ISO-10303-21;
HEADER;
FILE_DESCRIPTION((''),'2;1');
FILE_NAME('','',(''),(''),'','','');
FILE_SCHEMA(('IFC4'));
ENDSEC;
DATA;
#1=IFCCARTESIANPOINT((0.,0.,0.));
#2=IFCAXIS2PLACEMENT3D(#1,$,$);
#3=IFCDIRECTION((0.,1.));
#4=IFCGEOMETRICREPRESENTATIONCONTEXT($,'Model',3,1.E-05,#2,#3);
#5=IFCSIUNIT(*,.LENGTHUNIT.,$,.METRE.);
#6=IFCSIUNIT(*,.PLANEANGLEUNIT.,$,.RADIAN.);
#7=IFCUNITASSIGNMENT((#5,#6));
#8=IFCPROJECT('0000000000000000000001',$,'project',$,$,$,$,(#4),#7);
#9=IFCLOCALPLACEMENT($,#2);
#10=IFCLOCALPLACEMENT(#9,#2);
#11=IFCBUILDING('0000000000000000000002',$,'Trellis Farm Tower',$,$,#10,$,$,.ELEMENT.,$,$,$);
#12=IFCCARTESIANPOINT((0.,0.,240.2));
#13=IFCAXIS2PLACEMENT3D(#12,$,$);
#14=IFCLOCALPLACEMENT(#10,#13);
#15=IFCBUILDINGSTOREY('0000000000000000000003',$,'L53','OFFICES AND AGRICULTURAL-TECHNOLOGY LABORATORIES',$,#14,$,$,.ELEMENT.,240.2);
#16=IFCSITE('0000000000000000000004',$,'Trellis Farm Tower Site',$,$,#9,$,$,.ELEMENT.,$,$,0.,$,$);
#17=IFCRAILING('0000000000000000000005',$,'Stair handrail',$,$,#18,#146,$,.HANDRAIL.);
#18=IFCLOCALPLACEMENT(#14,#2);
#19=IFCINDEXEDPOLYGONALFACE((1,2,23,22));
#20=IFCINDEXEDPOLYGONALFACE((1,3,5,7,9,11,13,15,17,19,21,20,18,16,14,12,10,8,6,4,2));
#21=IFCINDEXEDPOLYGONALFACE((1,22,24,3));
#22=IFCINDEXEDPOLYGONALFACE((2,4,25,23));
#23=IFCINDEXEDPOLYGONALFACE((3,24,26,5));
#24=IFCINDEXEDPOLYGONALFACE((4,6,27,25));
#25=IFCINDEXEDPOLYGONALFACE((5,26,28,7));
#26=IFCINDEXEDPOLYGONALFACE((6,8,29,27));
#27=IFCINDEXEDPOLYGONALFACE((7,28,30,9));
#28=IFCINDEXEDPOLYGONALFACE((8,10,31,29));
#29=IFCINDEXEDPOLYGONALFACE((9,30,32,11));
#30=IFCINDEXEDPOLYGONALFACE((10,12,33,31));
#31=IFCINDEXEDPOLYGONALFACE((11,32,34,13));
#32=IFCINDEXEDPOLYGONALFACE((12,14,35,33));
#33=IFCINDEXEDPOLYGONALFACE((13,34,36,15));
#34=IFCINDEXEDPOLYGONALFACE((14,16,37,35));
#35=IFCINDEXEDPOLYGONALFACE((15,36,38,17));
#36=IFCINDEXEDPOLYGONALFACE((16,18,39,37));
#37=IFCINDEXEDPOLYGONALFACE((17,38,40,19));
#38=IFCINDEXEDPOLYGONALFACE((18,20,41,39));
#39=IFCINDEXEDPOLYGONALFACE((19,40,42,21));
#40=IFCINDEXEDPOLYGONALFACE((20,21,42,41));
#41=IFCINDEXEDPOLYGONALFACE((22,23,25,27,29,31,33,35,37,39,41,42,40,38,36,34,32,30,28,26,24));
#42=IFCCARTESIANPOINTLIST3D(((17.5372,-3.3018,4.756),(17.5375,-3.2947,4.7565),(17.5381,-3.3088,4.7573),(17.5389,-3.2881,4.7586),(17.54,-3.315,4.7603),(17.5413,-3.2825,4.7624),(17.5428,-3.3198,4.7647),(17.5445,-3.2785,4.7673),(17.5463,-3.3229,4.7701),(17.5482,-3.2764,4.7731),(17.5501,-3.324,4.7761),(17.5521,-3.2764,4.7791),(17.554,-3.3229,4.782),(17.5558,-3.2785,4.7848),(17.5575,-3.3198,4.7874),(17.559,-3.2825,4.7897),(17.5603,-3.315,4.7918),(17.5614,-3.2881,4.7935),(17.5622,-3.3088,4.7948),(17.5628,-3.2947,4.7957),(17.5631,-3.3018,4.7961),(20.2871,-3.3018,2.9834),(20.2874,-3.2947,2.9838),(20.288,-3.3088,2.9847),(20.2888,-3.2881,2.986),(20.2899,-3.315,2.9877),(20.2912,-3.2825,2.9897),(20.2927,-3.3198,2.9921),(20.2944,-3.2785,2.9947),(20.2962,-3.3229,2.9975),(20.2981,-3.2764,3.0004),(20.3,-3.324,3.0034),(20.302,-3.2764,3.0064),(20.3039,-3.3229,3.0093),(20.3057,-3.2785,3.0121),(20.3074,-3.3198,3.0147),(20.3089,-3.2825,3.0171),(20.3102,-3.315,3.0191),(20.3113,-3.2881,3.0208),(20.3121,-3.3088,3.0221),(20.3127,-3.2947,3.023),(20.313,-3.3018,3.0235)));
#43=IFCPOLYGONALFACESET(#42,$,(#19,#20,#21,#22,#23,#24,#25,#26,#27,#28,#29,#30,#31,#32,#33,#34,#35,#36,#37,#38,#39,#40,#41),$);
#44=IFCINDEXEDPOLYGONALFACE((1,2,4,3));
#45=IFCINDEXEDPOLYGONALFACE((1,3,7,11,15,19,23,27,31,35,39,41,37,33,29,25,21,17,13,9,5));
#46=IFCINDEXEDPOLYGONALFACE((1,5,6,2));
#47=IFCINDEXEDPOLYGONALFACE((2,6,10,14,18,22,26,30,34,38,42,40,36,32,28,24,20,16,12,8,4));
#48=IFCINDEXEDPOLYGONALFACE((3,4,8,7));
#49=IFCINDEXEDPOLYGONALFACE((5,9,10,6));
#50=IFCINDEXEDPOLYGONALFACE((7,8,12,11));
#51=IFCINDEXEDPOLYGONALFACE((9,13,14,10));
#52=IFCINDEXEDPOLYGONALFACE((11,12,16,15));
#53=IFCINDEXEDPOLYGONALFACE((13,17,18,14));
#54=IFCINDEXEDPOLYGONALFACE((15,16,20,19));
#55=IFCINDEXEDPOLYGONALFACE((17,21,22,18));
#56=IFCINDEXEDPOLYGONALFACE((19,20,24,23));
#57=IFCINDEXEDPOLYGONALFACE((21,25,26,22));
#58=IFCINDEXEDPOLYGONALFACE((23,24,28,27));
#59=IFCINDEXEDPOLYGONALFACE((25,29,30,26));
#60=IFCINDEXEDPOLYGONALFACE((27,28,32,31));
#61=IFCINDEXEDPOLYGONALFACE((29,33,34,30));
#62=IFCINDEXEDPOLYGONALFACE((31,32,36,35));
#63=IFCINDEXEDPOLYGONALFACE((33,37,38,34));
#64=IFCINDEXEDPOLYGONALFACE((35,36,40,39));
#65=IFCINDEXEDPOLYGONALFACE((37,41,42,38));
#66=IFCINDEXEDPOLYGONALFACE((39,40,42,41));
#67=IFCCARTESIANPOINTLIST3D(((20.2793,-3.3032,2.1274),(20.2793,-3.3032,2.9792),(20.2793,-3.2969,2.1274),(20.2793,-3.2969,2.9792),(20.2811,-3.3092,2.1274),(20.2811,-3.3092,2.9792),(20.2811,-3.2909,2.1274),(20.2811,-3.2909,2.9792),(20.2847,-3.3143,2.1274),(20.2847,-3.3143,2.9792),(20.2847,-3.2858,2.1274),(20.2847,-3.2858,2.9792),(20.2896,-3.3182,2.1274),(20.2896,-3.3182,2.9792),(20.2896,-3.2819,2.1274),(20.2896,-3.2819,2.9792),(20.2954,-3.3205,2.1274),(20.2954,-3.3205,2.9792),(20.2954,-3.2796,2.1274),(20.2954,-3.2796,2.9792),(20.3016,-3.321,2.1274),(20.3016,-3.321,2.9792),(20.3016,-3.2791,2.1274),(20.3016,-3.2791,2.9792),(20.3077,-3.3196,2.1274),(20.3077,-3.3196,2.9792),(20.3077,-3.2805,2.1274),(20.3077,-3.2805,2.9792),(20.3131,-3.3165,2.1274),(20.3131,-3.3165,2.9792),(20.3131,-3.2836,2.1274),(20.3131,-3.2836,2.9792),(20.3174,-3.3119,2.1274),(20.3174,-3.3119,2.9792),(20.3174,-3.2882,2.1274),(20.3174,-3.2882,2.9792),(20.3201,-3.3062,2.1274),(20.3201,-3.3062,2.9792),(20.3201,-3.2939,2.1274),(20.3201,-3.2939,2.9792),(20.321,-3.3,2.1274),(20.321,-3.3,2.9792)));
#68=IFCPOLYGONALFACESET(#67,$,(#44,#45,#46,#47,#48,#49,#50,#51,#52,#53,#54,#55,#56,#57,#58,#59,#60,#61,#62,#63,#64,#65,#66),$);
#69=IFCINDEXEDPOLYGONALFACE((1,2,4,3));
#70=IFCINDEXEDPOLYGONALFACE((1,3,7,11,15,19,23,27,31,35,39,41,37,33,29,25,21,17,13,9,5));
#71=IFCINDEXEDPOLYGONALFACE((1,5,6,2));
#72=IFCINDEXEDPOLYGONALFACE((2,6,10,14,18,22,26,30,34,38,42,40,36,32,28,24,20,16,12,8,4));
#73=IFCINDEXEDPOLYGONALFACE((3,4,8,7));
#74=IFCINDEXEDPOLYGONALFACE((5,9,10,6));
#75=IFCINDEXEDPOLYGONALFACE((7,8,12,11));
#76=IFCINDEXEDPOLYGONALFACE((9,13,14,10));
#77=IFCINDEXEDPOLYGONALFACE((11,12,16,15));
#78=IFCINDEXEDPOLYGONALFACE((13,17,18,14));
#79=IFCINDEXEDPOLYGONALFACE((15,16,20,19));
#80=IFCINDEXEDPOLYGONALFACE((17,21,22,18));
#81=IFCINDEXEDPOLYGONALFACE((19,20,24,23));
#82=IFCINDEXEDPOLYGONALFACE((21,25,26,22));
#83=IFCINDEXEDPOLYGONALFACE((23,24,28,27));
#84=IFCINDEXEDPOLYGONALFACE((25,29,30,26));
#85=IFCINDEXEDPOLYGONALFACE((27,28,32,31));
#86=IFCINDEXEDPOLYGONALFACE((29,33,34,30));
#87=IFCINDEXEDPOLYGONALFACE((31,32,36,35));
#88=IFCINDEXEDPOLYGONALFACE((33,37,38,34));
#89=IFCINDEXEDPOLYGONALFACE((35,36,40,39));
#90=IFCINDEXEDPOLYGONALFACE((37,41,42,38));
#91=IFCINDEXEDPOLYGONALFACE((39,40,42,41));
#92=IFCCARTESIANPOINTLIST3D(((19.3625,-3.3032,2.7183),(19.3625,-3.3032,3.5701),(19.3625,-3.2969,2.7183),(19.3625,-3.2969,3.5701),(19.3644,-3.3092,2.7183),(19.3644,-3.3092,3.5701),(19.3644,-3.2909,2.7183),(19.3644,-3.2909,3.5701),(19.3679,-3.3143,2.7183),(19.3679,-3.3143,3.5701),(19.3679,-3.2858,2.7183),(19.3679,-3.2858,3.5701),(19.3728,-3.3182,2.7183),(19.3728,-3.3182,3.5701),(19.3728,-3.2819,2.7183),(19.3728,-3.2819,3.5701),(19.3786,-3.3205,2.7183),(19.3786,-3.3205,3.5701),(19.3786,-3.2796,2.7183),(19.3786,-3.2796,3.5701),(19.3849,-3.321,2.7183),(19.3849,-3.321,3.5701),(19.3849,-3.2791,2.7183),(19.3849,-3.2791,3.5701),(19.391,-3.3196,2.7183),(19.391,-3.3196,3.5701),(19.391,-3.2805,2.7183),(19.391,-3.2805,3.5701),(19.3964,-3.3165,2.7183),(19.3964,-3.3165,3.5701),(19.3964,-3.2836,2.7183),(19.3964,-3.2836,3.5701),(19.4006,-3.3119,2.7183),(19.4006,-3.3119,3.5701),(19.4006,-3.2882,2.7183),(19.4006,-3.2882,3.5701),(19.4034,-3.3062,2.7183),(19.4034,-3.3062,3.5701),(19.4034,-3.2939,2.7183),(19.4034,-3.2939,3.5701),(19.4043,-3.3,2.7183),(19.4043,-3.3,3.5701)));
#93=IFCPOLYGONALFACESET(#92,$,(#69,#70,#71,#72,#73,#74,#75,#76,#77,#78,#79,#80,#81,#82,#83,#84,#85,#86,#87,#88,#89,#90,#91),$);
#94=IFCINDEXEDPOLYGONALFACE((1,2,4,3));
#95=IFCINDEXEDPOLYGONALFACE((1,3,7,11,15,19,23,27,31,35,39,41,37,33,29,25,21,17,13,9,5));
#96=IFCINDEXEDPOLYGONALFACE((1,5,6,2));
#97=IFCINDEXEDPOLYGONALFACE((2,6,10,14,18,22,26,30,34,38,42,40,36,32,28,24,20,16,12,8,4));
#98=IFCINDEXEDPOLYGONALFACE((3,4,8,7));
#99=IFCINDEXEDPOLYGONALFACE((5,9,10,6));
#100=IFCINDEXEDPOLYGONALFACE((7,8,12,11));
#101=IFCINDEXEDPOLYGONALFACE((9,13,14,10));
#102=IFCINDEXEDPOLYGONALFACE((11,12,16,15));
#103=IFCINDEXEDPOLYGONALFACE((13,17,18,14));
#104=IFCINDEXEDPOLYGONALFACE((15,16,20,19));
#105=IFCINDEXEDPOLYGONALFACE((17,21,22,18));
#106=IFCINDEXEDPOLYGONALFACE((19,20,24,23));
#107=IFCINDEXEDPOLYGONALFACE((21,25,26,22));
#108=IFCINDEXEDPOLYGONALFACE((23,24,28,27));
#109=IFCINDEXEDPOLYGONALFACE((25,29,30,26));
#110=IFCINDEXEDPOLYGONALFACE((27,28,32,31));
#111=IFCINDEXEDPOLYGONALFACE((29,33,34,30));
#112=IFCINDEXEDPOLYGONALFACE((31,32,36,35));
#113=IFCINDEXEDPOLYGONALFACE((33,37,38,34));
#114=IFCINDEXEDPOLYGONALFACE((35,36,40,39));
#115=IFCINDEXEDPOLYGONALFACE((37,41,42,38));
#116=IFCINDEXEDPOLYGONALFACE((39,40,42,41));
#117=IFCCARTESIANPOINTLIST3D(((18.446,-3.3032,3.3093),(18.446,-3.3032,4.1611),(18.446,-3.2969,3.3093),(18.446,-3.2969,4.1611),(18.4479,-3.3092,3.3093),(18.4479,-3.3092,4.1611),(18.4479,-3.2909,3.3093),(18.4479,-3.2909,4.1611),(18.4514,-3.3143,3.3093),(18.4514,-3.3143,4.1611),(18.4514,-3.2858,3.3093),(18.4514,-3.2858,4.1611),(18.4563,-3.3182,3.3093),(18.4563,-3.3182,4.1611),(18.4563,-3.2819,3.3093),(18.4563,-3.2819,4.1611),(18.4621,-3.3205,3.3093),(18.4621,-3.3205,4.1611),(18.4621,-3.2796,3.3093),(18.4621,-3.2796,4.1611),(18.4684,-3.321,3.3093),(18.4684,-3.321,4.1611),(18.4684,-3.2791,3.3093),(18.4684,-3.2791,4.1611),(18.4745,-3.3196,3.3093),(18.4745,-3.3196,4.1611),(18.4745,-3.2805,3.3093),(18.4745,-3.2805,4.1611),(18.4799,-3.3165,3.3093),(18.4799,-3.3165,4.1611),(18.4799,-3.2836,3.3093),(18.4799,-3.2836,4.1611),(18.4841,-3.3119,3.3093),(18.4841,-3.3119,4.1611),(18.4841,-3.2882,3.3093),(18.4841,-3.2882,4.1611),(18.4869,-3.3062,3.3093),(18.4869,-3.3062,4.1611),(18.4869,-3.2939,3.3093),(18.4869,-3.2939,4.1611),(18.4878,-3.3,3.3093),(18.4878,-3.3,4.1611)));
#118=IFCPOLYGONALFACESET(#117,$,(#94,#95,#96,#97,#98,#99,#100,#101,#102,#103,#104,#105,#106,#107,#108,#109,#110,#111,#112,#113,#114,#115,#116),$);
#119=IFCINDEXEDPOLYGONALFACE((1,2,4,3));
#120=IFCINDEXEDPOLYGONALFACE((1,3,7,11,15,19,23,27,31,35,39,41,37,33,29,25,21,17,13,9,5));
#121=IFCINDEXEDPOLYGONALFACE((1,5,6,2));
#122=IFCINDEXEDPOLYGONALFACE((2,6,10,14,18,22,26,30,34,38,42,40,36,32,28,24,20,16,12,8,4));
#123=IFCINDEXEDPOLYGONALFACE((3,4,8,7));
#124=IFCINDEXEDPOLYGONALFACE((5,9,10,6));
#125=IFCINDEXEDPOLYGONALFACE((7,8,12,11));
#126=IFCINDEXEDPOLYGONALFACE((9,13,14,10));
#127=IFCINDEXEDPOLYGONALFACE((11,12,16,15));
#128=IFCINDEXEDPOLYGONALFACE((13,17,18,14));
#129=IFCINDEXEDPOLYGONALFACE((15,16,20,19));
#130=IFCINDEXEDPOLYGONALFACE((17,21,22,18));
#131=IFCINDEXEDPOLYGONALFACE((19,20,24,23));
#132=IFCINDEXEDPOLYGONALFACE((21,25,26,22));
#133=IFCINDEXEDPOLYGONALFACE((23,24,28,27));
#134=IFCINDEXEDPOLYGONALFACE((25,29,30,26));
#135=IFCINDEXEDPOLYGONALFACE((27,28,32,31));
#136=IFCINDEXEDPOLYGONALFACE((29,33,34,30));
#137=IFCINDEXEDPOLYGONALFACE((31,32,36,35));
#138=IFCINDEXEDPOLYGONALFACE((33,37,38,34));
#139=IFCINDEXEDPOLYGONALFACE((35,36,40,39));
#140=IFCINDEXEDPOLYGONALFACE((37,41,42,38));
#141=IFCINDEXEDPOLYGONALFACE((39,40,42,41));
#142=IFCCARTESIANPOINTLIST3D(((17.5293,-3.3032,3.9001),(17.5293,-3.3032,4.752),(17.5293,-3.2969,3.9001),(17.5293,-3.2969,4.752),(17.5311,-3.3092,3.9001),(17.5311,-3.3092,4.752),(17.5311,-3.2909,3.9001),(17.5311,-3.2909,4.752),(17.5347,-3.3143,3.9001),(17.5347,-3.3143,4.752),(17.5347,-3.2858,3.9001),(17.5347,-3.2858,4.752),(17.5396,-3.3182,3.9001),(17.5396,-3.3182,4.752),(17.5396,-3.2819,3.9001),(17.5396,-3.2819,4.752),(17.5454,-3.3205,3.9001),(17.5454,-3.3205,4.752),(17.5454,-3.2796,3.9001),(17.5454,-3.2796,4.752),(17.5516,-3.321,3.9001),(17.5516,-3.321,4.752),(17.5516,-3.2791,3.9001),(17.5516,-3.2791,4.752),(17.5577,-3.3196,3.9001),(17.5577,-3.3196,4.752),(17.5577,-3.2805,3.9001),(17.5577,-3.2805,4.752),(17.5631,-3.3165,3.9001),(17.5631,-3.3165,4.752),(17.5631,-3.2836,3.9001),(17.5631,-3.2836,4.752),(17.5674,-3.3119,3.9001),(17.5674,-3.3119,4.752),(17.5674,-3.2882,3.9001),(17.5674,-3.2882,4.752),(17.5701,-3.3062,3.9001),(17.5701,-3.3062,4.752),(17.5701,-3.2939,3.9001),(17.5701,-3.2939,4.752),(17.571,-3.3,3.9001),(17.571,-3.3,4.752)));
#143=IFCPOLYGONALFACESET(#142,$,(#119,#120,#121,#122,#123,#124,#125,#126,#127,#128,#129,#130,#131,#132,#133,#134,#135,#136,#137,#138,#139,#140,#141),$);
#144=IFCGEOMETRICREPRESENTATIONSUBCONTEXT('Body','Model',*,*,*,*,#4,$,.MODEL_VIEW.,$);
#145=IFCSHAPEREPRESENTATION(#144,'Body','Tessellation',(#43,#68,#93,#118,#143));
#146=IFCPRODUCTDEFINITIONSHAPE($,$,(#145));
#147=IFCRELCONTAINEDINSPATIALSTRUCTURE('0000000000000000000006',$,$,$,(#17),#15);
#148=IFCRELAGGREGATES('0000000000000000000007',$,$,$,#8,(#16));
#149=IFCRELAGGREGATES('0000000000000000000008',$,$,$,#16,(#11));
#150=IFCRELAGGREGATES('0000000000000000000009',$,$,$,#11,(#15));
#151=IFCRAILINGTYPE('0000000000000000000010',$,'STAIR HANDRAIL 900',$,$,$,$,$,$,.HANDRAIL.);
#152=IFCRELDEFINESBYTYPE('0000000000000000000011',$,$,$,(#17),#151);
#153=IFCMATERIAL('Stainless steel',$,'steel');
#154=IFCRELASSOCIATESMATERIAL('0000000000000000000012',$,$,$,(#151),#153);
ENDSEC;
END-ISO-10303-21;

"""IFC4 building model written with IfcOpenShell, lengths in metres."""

from ifc_helpers import new_model, si_unit, direction, frame, origin, origin_2d, place, context, subcontext, project, spatial, circle, extrude, source, transform, mapped, material, type_object, element, save


model = new_model("IFC4")

# Units and contexts
model_context = context("Model", 3, precision=1e-05, world=origin(), true_north=direction((0.0, 1.0)))
body_context = subcontext(model_context, "Body", "Model", "MODEL_VIEW")
ifc_project = project(units=[si_unit("LENGTHUNIT", "METRE"), si_unit("PLANEANGLEUNIT", "RADIAN")], contexts=[model_context])

# Site, building, storey
site_placement = place(None, origin())
site = spatial("IfcSite", under=ifc_project, at=site_placement, Name="Trellis Farm Tower Site", CompositionType="ELEMENT", RefElevation=0.0)
building_placement = place(site_placement, origin())
building = spatial("IfcBuilding", under=site, at=building_placement, Name="Trellis Farm Tower", CompositionType="ELEMENT")
storey_placement = place(building_placement, frame((0.0, 0.0, 240.2)))
storey = spatial("IfcBuildingStorey", under=building, at=storey_placement, Name="L53", Description="OFFICES AND AGRICULTURAL-TECHNOLOGY LABORATORIES", CompositionType="ELEMENT", Elevation=240.2)

# Railing
ifc_material_1 = material(Name="Stainless steel", Category="steel")
railing_type = type_object("IfcRailingType", Name="STAIR HANDRAIL 900", PredefinedType="HANDRAIL", material=ifc_material_1)
shared_shape_1 = source(origin(), body_context, "Body", "SweptSolid", [
    extrude(circle(Radius=0.0239, at=origin_2d()), frame((0.0, 0.0, 0.876), z_axis=(-0.840504, 0.0, 0.541806), x_axis=(0.0, -1.0, 0.0)), (0.0, 0.0, 1.0), 3.2717),
    extrude(circle(Radius=0.021, at=origin_2d()), origin(), (0.0, 0.0, 1.0), 0.8518),
    extrude(circle(Radius=0.021, at=origin_2d()), frame((-0.9167, 0.0, 0.5908)), (0.0, 0.0, 1.0), 0.8518),
    extrude(circle(Radius=0.021, at=origin_2d()), frame((-1.8333, 0.0, 1.1819)), (0.0, 0.0, 1.0), 0.8518),
    extrude(circle(Radius=0.021, at=origin_2d()), frame((-2.75, 0.0, 1.7727)), (0.0, 0.0, 1.0), 0.8518),
])
for number, where, name in (
    (1, (20.3, -3.3, 2.1274), "Stair handrail"),
):
    element("IfcRailing", number, at=place(storey_placement, frame(where)), inside=storey, type_object=railing_type, Name=name, PredefinedType="HANDRAIL", context=body_context, shape_type="MappedRepresentation", body=[
        mapped(shared_shape_1, transform((0.0, 0.0, 0.0))),
    ])

save(model, "model.ifc")
